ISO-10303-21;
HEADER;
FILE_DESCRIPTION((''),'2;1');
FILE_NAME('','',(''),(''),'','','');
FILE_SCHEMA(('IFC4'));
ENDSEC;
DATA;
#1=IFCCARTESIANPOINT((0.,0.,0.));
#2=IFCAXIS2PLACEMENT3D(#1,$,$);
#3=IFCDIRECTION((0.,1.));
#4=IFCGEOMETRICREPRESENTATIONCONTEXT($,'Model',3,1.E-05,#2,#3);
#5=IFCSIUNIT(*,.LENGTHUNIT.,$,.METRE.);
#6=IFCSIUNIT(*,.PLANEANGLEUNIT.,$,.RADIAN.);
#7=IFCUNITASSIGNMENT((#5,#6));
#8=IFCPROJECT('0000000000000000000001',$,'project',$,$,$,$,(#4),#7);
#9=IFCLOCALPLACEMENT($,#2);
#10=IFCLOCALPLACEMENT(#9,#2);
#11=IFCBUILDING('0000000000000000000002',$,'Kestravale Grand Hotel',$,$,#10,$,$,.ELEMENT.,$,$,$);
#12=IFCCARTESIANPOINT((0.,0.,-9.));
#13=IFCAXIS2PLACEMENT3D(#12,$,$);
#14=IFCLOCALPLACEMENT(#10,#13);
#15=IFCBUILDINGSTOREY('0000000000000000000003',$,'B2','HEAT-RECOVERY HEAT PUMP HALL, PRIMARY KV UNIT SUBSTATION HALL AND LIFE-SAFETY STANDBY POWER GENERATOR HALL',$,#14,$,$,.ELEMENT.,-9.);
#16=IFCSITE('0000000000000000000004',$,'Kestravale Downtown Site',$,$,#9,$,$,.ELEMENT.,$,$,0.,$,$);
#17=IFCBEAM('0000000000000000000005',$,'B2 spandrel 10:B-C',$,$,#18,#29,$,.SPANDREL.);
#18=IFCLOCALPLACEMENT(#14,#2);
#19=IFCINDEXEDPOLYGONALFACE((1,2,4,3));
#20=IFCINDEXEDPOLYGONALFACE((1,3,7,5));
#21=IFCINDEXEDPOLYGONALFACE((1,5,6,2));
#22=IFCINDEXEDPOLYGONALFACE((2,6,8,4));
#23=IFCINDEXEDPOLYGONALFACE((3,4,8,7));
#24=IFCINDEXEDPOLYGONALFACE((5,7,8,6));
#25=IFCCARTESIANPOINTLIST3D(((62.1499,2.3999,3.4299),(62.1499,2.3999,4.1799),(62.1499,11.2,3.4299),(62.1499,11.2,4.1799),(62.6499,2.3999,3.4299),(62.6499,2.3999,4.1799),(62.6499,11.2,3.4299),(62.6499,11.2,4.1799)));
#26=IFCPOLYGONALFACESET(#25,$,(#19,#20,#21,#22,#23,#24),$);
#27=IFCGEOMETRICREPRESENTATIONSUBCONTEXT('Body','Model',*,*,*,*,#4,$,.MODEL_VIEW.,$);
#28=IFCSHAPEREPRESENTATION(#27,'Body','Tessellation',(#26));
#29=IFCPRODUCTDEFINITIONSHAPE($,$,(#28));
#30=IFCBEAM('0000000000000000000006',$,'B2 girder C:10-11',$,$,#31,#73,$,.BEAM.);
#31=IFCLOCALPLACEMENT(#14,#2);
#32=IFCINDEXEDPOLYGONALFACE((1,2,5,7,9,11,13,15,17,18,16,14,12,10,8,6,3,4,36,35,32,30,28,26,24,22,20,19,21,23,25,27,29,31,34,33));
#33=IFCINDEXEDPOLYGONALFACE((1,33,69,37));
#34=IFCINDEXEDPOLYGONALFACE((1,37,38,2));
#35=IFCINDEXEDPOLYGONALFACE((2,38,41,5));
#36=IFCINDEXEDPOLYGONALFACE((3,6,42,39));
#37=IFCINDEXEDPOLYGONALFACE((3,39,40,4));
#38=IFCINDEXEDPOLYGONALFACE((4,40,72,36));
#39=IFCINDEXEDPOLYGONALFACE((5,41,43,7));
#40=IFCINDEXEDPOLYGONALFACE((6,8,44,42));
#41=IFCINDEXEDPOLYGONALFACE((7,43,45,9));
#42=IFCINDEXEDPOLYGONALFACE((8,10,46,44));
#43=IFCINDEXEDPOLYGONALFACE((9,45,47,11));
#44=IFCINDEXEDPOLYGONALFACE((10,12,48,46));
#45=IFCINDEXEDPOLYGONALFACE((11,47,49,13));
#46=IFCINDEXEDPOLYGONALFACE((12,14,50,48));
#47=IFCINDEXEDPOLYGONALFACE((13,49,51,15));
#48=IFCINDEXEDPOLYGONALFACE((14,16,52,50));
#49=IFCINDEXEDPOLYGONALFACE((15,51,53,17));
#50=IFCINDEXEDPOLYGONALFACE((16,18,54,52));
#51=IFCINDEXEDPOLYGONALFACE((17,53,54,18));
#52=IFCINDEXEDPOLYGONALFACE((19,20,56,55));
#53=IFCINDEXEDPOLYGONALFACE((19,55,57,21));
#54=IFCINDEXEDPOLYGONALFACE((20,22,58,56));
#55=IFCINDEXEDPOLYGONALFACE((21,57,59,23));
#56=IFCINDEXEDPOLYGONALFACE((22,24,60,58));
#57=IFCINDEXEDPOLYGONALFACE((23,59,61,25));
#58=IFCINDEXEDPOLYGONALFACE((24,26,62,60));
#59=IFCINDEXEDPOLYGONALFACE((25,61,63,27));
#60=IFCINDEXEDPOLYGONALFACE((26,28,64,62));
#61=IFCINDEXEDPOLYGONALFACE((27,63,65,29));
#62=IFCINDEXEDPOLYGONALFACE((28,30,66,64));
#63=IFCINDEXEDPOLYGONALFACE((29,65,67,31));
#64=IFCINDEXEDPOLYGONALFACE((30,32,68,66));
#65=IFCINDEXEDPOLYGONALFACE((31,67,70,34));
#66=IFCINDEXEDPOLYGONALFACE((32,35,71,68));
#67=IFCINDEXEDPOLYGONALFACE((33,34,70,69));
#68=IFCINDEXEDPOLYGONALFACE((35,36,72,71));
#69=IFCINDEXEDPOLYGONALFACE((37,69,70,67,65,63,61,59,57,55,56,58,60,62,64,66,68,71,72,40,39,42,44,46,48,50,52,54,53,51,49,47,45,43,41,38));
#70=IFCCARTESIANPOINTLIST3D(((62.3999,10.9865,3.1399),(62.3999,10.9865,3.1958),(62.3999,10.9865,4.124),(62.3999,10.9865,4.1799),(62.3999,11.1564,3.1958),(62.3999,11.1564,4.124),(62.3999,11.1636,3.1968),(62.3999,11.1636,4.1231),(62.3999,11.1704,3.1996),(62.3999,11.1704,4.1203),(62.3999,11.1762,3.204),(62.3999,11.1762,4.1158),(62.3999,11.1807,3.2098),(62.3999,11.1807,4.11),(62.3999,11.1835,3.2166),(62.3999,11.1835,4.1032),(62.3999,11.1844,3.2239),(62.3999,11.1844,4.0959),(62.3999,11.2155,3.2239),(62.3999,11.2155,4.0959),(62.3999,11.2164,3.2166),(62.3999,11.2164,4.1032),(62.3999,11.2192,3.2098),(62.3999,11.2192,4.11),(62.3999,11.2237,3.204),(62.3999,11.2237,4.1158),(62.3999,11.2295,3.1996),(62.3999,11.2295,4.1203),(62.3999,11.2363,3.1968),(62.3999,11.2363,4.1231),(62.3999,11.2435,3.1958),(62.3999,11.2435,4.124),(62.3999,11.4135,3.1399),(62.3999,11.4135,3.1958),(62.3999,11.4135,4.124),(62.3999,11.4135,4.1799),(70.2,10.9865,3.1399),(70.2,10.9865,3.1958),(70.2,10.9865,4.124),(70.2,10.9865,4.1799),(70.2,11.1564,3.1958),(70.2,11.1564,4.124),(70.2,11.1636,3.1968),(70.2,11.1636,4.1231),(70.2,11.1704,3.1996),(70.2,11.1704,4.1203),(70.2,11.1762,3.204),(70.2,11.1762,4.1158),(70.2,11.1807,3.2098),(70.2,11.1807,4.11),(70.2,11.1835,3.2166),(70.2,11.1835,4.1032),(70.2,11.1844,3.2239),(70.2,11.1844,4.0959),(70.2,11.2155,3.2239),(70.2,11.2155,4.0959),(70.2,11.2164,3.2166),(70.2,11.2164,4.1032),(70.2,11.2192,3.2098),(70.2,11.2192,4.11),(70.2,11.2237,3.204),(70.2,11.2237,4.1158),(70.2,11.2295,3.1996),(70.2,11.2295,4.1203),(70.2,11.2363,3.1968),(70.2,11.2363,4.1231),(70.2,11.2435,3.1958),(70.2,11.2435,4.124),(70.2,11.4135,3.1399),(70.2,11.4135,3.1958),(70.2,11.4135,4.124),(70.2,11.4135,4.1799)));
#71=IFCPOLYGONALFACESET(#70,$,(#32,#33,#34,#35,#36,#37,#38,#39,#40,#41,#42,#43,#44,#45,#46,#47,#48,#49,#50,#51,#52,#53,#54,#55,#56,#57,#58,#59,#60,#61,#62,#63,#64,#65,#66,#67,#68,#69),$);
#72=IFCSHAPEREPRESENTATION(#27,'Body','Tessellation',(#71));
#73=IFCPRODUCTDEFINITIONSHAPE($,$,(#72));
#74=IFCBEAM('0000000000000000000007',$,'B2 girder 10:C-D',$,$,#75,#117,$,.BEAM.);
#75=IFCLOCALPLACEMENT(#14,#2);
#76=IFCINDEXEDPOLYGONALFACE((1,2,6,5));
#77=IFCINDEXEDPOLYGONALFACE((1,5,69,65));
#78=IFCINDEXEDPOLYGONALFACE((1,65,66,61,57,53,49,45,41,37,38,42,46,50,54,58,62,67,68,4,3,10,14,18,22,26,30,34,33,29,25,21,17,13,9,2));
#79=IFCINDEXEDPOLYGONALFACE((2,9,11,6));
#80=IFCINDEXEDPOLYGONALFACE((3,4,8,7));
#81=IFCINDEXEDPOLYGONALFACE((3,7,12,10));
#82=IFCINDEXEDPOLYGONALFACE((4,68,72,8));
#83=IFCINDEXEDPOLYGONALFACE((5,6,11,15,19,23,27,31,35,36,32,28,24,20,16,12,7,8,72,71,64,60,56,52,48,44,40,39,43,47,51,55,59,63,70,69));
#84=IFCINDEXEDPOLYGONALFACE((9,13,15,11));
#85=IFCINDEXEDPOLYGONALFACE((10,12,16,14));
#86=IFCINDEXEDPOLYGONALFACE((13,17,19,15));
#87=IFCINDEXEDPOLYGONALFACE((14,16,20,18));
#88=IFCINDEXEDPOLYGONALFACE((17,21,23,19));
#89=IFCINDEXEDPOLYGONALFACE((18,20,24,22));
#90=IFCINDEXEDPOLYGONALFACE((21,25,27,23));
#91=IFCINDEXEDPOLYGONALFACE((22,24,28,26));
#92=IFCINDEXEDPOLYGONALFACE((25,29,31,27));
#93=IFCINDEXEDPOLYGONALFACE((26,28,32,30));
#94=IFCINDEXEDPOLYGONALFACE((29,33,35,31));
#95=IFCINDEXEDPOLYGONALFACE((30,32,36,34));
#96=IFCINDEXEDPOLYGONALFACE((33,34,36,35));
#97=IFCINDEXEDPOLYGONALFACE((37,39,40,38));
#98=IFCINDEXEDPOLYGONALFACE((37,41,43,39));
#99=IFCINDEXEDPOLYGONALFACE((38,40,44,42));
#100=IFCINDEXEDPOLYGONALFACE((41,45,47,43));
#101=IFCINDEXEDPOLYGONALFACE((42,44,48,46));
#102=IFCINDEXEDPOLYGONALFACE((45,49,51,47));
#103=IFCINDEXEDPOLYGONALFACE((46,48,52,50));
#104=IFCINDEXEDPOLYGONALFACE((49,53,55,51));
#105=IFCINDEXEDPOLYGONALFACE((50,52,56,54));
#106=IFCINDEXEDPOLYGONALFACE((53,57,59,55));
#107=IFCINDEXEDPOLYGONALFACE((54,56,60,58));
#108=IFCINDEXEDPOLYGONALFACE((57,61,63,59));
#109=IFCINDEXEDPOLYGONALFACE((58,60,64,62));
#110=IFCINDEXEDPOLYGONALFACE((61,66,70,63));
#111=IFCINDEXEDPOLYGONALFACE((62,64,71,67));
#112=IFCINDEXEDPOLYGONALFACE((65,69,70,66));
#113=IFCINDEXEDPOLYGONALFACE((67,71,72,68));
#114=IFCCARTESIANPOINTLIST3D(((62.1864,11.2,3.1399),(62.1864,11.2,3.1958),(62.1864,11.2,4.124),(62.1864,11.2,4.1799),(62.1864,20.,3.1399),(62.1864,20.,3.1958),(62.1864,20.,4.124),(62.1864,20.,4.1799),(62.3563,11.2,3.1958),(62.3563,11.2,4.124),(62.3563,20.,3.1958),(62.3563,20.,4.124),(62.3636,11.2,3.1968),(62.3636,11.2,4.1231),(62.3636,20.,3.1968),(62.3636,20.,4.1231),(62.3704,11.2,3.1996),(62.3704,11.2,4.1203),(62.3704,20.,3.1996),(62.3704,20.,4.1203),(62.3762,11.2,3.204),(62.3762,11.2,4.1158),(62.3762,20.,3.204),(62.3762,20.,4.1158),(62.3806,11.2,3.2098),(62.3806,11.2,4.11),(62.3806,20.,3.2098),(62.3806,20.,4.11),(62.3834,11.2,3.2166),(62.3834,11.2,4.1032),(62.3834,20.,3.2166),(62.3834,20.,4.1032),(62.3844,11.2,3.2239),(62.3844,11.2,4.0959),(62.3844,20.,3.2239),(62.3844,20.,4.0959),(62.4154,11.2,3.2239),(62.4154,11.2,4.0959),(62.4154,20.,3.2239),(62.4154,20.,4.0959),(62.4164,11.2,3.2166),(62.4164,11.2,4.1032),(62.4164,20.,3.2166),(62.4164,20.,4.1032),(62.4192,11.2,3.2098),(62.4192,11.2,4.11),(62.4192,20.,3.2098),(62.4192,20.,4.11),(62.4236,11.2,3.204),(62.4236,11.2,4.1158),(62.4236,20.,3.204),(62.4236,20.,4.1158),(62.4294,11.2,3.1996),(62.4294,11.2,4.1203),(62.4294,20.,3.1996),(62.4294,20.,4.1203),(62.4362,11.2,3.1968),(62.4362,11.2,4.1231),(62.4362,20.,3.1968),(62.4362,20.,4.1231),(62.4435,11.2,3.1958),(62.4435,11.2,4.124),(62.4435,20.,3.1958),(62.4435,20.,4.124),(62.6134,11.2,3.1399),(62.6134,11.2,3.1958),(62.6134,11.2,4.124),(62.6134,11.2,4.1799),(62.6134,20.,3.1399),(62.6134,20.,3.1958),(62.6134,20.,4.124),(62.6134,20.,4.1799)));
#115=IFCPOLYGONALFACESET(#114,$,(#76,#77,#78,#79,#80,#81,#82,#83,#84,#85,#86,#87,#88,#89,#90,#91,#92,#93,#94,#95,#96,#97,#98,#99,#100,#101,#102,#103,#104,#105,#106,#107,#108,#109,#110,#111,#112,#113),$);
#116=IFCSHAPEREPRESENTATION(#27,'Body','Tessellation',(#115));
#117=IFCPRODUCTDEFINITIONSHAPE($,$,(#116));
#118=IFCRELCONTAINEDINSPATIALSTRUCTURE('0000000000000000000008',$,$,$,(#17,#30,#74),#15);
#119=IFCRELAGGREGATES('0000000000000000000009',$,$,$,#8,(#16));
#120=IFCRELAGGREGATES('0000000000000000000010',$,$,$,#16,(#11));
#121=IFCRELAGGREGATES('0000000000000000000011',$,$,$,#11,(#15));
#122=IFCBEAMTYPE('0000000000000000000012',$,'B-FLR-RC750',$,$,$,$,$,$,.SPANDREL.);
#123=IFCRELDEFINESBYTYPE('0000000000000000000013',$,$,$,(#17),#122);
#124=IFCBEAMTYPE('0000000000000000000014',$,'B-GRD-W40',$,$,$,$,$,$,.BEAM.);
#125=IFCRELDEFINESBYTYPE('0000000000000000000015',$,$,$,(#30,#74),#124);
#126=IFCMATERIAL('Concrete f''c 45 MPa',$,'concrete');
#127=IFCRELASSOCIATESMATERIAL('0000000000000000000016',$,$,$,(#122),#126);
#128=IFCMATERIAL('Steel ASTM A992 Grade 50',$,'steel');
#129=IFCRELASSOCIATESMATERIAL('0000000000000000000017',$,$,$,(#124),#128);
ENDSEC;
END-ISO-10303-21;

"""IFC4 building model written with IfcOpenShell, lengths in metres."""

from ifc_helpers import new_model, si_unit, direction, frame, origin, origin_2d, place, context, subcontext, project, spatial, rectangle, i_section, extrude, material, material_profile, profile_set, type_object, element, save


model = new_model("IFC4")

# Units and contexts
model_context = context("Model", 3, precision=1e-05, world=origin(), true_north=direction((0.0, 1.0)))
body_context = subcontext(model_context, "Body", "Model", "MODEL_VIEW")
ifc_project = project(units=[si_unit("LENGTHUNIT", "METRE"), si_unit("PLANEANGLEUNIT", "RADIAN")], contexts=[model_context])

# Site, building, storey
site_placement = place(None, origin())
site = spatial("IfcSite", under=ifc_project, at=site_placement, Name="Kestravale Downtown Site", CompositionType="ELEMENT", RefElevation=0.0)
building_placement = place(site_placement, origin())
building = spatial("IfcBuilding", under=site, at=building_placement, Name="Kestravale Grand Hotel", CompositionType="ELEMENT")
storey_placement = place(building_placement, frame((0.0, 0.0, -9.0)))
storey = spatial("IfcBuildingStorey", under=building, at=storey_placement, Name="B2", Description="HEAT-RECOVERY HEAT PUMP HALL, PRIMARY KV UNIT SUBSTATION HALL AND LIFE-SAFETY STANDBY POWER GENERATOR HALL", CompositionType="ELEMENT", Elevation=-9.0)

# Beams
ifc_material_1 = material(Name="Concrete f'c 45 MPa", Category="concrete")
ifc_material_profile_1 = material_profile(ifc_material_1, rectangle(XDim=0.5, YDim=0.75, at=origin_2d()))
ifc_profile_set_1 = profile_set([ifc_material_profile_1], Name="Concrete f'c 45 MPa")
beam_type_1 = type_object("IfcBeamType", Name="B-FLR-RC750", PredefinedType="SPANDREL", material=ifc_profile_set_1)
beam_1_placement = place(storey_placement, frame((62.3999, 2.3999, 3.8049), z_axis=(0.0, 1.0, 0.0), x_axis=(-1.0, 0.0, 0.0)))
element("IfcBeam", 1, at=beam_1_placement, inside=storey, type_object=beam_type_1, Name="B2 spandrel 10:B-C", PredefinedType="SPANDREL", context=body_context, shape_type="SweptSolid", body=[
    extrude(rectangle(XDim=0.5, YDim=0.75, at=origin_2d()), origin(), (0.0, 0.0, 1.0), 8.8),
])
ifc_material_2 = material(Name="Steel ASTM A992 Grade 50", Category="steel")
ifc_material_profile_2 = material_profile(ifc_material_2, i_section(OverallWidth=0.427, OverallDepth=1.04, WebThickness=0.031, FlangeThickness=0.0559, FilletRadius=0.0281, at=origin_2d()))
ifc_profile_set_2 = profile_set([ifc_material_profile_2], Name="Steel ASTM A992 Grade 50")
beam_type_2 = type_object("IfcBeamType", Name="B-GRD-W40", PredefinedType="BEAM", material=ifc_profile_set_2)
beam_2_placement = place(storey_placement, frame((62.3999, 11.2, 3.6599), z_axis=(1.0, 0.0, 0.0), x_axis=(0.0, 1.0, 0.0)))
element("IfcBeam", 2, at=beam_2_placement, inside=storey, type_object=beam_type_2, Name="B2 girder C:10-11", PredefinedType="BEAM", context=body_context, shape_type="SweptSolid", body=[
    extrude(i_section(OverallWidth=0.427, OverallDepth=1.04, WebThickness=0.031, FlangeThickness=0.0559, FilletRadius=0.0281, at=origin_2d()), origin(), (0.0, 0.0, 1.0), 7.8),
])
beam_3_placement = place(storey_placement, frame((62.3999, 11.2, 3.6599), z_axis=(0.0, 1.0, 0.0), x_axis=(-1.0, 0.0, 0.0)))
element("IfcBeam", 3, at=beam_3_placement, inside=storey, type_object=beam_type_2, Name="B2 girder 10:C-D", PredefinedType="BEAM", context=body_context, shape_type="SweptSolid", body=[
    extrude(i_section(OverallWidth=0.427, OverallDepth=1.04, WebThickness=0.031, FlangeThickness=0.0559, FilletRadius=0.0281, at=origin_2d()), origin(), (0.0, 0.0, 1.0), 8.8),
])

save(model, "model.ifc")
